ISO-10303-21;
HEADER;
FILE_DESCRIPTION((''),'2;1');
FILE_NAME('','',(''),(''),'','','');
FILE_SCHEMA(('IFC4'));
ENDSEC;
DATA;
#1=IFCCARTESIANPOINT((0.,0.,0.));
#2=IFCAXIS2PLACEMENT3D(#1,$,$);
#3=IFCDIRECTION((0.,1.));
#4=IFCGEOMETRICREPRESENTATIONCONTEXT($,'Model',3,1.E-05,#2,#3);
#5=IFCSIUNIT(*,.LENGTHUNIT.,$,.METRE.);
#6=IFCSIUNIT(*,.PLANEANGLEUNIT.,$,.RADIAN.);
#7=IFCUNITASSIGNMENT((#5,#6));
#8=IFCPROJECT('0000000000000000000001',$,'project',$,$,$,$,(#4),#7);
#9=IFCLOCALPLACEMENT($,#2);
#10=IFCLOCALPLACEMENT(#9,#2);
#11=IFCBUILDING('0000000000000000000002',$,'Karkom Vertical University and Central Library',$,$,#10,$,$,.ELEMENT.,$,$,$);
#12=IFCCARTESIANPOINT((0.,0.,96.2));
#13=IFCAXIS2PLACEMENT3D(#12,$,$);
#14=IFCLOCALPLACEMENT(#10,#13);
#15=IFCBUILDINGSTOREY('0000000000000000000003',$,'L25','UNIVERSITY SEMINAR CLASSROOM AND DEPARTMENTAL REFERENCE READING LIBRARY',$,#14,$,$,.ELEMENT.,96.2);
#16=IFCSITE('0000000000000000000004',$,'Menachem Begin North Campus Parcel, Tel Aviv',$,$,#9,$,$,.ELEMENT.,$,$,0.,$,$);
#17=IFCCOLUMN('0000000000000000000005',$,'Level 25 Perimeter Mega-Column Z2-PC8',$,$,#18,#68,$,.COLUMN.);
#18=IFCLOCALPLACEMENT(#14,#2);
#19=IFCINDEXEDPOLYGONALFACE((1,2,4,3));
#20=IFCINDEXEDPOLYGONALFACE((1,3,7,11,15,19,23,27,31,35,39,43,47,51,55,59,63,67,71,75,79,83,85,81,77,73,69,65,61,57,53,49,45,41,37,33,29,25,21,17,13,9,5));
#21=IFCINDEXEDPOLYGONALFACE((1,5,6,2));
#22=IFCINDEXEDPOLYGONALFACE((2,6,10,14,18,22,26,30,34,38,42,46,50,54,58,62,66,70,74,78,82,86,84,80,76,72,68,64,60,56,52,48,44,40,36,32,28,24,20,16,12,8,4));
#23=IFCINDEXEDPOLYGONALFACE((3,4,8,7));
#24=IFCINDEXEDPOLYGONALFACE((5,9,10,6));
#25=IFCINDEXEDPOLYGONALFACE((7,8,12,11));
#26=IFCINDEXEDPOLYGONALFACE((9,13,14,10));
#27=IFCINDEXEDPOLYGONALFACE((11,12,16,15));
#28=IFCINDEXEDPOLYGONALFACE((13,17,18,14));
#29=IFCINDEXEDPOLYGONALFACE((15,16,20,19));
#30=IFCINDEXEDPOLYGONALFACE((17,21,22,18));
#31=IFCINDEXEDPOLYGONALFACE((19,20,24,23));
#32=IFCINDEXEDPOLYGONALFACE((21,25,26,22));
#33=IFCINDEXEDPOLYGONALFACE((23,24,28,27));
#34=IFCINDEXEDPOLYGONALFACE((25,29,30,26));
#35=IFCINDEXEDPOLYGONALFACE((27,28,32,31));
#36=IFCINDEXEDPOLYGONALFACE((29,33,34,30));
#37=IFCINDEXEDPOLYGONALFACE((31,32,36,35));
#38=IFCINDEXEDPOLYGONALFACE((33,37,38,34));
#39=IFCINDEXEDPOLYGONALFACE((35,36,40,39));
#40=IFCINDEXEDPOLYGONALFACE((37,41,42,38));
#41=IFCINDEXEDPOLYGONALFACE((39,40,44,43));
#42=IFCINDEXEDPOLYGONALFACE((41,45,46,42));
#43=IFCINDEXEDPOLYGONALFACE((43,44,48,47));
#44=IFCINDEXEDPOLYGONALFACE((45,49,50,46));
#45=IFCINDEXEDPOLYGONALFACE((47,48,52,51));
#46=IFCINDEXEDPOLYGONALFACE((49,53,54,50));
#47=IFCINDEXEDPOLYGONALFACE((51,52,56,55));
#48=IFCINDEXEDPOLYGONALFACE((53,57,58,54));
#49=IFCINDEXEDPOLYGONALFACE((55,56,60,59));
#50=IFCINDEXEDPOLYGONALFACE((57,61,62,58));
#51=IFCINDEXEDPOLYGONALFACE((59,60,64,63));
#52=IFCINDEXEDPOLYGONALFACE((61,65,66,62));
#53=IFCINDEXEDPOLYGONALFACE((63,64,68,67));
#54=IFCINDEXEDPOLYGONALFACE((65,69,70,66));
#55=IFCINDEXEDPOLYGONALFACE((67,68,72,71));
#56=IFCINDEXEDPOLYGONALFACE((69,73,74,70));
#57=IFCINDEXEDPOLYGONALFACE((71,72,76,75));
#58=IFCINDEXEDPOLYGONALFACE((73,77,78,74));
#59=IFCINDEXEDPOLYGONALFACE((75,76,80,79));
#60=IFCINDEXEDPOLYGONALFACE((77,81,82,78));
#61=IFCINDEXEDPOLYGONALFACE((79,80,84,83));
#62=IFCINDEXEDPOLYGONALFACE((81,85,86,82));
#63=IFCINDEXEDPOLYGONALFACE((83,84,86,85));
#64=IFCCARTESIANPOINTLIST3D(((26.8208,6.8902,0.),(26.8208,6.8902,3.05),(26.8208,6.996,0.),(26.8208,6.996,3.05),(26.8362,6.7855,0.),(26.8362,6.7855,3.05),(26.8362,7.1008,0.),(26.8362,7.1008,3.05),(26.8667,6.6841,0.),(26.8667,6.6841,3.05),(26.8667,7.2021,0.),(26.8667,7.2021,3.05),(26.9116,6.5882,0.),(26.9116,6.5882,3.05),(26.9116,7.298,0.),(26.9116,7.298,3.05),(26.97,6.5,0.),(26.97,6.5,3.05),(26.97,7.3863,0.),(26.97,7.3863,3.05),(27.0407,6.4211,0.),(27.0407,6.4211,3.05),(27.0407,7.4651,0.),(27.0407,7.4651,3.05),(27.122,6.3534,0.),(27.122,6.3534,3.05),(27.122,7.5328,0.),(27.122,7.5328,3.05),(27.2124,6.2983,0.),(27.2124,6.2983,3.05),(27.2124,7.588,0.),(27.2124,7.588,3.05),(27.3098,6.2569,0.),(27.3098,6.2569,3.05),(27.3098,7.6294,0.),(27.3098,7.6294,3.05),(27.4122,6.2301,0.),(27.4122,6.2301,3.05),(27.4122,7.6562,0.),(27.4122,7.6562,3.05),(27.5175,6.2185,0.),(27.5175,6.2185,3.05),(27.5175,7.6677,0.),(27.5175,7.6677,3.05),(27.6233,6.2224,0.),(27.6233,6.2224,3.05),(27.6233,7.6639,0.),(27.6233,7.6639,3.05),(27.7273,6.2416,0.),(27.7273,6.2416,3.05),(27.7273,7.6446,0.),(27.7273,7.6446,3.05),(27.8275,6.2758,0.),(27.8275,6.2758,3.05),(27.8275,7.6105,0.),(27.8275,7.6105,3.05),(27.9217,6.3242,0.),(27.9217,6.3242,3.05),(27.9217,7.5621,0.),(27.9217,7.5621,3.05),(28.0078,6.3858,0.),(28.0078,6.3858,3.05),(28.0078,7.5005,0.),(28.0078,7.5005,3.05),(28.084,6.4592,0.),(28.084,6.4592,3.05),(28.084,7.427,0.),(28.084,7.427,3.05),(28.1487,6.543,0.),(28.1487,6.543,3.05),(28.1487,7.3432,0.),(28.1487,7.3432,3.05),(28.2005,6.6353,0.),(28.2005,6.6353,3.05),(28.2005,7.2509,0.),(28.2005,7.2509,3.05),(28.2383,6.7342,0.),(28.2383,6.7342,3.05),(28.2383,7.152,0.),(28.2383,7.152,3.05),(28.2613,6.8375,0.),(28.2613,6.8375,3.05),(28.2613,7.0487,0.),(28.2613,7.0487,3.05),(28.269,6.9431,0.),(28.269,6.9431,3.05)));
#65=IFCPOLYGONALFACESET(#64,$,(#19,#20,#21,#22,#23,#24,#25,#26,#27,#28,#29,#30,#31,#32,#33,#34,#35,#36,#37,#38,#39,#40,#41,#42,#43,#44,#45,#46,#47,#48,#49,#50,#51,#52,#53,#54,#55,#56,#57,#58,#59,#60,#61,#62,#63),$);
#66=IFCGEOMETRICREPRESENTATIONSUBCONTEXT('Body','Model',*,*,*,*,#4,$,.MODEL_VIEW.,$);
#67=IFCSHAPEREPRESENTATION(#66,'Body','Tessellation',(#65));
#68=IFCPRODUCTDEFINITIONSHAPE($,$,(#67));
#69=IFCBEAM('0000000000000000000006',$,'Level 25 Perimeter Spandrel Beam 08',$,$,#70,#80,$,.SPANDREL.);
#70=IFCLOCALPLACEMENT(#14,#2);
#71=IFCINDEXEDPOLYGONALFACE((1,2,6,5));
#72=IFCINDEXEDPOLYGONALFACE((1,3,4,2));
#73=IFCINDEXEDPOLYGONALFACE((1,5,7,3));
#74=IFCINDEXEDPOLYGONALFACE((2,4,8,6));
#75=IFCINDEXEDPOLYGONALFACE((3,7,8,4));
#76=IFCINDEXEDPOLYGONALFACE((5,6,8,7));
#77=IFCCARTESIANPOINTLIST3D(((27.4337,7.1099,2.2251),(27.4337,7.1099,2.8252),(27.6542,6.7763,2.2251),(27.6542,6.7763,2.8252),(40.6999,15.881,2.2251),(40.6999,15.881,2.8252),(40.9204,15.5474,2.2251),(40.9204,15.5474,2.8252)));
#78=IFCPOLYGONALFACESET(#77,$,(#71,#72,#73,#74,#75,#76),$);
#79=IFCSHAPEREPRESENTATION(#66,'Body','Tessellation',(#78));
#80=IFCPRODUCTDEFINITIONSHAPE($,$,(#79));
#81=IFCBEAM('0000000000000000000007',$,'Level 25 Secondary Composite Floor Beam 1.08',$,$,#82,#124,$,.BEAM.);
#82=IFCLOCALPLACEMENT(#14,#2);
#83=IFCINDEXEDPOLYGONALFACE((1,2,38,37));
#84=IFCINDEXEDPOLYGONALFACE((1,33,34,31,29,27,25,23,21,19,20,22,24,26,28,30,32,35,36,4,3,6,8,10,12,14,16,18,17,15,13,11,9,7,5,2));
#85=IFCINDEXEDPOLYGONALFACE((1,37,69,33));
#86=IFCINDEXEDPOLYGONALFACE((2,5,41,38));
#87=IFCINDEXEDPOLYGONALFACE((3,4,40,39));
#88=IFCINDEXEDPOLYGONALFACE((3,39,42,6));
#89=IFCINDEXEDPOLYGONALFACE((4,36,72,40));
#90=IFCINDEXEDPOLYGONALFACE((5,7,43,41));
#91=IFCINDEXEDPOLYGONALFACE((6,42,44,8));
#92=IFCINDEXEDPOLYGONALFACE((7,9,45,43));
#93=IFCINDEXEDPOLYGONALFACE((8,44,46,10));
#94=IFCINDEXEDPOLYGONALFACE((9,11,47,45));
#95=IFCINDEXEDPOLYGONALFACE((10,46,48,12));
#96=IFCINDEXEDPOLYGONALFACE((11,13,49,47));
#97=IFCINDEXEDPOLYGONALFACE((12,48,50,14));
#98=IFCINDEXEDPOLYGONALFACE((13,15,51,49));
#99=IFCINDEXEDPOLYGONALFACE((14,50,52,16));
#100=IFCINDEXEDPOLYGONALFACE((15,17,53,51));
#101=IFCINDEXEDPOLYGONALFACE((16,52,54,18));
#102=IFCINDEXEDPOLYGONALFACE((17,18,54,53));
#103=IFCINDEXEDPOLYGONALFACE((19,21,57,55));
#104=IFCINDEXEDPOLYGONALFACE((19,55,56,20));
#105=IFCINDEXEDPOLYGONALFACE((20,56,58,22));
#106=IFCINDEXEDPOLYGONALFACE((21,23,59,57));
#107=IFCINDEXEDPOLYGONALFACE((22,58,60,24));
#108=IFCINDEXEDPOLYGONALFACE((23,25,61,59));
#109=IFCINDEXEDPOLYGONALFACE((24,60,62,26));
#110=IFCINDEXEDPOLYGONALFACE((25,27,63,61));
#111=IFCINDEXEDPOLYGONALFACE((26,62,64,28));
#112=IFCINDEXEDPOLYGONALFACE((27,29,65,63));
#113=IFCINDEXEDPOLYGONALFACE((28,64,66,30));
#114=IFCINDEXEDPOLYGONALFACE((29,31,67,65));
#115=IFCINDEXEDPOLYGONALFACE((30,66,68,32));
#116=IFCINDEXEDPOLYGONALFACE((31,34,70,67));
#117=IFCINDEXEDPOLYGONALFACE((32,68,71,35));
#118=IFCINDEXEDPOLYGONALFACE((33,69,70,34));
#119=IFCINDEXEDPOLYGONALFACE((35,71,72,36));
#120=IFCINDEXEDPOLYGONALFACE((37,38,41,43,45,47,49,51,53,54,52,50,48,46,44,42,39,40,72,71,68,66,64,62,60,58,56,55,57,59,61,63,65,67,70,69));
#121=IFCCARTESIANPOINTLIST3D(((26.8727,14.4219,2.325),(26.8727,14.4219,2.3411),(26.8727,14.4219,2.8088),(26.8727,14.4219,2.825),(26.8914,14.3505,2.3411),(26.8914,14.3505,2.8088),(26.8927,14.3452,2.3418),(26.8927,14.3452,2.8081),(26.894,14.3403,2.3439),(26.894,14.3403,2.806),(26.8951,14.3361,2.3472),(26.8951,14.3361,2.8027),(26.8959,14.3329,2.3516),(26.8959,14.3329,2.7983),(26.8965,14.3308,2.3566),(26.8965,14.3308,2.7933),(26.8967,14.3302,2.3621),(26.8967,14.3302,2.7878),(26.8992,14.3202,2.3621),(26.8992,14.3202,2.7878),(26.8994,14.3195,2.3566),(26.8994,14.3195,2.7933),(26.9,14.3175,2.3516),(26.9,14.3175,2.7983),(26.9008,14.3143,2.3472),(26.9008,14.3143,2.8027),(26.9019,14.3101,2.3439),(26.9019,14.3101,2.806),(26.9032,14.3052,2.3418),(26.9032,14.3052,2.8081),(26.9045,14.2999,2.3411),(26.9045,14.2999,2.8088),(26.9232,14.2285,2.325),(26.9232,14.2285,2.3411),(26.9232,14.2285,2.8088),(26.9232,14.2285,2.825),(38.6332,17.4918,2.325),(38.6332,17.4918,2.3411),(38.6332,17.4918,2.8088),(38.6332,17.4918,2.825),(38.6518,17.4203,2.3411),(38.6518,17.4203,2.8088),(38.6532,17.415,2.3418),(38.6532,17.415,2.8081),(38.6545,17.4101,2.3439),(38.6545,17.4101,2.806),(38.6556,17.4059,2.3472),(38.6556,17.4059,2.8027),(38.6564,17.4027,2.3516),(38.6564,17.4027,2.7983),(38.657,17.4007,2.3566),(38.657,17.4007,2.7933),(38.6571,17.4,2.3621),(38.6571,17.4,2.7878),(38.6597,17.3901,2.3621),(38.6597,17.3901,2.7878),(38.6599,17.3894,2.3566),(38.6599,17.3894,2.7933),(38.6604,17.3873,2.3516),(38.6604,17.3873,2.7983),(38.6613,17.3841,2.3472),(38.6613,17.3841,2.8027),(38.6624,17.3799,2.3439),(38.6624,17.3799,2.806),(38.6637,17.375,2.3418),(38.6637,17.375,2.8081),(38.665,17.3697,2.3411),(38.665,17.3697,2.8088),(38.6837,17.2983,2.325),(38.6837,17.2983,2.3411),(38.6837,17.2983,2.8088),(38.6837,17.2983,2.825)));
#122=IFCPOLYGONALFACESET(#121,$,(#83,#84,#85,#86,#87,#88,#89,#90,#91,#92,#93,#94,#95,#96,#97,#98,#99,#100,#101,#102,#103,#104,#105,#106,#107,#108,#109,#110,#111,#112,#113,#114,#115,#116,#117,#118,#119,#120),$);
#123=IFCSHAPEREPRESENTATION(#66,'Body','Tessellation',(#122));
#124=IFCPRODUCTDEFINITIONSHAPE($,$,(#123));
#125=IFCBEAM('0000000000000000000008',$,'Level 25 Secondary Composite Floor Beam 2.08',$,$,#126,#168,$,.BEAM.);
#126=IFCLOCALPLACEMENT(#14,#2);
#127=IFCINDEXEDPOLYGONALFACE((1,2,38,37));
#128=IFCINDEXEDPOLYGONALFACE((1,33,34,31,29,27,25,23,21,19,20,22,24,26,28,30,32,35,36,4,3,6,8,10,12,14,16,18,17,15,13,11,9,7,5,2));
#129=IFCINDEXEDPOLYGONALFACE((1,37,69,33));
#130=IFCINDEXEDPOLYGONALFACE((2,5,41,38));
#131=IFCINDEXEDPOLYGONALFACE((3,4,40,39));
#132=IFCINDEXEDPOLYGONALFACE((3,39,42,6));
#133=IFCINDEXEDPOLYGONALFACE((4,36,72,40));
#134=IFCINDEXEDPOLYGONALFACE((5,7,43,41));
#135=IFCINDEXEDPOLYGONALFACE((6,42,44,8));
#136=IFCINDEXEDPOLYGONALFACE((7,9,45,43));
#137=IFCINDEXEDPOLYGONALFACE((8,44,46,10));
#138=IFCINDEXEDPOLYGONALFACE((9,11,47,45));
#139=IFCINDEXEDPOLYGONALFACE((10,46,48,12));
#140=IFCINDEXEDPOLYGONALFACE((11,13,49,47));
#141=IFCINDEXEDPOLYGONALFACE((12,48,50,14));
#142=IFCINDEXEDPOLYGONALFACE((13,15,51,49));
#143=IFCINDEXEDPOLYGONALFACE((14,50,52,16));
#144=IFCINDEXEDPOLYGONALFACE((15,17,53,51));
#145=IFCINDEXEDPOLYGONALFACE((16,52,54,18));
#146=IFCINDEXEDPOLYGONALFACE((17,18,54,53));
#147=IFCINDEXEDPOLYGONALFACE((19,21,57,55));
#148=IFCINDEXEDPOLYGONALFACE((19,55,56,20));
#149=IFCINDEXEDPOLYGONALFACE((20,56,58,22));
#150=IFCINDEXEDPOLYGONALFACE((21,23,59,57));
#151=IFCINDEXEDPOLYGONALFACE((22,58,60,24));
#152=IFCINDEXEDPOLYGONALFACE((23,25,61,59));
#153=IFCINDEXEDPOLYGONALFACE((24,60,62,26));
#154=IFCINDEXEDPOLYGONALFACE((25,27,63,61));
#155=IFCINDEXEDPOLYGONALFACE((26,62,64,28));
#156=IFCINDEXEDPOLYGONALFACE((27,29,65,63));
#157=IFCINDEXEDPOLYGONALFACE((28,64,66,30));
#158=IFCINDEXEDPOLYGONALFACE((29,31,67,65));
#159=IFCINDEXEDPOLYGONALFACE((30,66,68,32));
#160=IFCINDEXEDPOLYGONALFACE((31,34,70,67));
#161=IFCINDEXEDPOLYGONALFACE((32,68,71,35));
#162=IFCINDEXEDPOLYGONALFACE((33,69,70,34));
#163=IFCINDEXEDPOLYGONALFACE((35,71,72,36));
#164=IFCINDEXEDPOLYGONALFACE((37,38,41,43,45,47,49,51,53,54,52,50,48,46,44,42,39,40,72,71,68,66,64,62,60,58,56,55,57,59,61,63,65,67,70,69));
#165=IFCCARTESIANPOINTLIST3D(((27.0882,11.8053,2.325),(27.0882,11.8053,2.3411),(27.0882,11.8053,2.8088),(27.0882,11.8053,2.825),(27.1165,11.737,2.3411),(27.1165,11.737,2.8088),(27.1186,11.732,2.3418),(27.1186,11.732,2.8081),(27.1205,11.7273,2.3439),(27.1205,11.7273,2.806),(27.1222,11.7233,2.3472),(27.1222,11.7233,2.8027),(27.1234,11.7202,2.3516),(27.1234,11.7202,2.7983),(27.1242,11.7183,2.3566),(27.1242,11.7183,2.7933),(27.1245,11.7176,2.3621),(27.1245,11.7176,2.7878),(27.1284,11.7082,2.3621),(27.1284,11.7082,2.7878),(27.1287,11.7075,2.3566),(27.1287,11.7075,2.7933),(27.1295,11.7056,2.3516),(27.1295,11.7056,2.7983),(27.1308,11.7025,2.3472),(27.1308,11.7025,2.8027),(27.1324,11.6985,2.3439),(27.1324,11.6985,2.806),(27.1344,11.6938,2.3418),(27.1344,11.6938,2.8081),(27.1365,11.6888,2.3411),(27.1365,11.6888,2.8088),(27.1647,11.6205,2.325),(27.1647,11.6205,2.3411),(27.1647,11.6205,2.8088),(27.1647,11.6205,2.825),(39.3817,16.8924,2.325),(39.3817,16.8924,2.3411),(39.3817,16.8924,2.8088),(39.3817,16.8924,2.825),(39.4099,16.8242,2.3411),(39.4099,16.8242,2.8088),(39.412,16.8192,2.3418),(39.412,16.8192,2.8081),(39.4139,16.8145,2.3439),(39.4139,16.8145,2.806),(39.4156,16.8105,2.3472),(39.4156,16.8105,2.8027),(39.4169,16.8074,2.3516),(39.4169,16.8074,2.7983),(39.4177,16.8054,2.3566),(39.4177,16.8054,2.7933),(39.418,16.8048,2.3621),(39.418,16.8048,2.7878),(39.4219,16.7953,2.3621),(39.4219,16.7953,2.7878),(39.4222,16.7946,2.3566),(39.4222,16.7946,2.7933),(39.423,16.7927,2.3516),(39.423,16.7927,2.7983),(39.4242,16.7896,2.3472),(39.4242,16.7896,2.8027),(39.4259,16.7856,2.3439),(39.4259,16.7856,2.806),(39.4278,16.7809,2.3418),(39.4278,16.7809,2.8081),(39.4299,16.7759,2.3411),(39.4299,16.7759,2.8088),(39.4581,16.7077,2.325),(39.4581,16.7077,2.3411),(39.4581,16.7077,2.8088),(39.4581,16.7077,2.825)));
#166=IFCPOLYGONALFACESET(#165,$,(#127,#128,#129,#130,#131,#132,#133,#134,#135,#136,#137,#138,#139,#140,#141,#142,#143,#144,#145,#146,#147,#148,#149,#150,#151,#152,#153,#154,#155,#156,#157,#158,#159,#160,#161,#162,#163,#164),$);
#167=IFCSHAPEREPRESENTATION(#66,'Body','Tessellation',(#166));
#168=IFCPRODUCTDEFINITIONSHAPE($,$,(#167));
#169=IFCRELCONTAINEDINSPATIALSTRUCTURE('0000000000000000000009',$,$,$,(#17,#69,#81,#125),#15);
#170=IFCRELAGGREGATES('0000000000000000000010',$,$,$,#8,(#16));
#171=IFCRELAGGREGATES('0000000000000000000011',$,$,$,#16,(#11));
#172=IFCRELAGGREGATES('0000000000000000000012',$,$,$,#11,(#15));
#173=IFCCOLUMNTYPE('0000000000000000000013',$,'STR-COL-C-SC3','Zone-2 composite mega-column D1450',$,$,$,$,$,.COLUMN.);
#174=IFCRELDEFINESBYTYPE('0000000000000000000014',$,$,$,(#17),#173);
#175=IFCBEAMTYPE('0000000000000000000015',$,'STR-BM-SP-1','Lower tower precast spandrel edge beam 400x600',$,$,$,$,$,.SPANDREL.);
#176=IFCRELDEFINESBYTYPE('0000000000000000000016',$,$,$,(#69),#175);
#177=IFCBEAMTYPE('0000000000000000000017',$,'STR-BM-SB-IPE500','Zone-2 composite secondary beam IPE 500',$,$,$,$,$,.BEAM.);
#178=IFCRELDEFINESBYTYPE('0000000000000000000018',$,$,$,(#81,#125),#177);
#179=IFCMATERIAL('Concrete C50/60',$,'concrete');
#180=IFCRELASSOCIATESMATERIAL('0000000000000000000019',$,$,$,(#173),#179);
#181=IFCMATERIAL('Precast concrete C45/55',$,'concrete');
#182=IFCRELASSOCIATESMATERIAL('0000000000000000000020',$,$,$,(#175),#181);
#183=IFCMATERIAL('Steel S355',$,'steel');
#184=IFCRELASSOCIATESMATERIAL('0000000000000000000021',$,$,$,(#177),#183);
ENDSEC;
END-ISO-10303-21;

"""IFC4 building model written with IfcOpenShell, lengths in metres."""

from ifc_helpers import new_model, si_unit, direction, frame, origin, origin_with_axes, origin_2d, place, context, subcontext, project, spatial, rectangle, circle, i_section, extrude, source, transform, mapped, material, material_profile, profile_set, type_object, element, save


model = new_model("IFC4")

# Units and contexts
model_context = context("Model", 3, precision=1e-05, world=origin(), true_north=direction((0.0, 1.0)))
body_context = subcontext(model_context, "Body", "Model", "MODEL_VIEW")
ifc_project = project(units=[si_unit("LENGTHUNIT", "METRE"), si_unit("PLANEANGLEUNIT", "RADIAN")], contexts=[model_context])

# Site, building, storey
site_placement = place(None, origin())
site = spatial("IfcSite", under=ifc_project, at=site_placement, Name="Menachem Begin North Campus Parcel, Tel Aviv", CompositionType="ELEMENT", RefElevation=0.0)
building_placement = place(site_placement, origin())
building = spatial("IfcBuilding", under=site, at=building_placement, Name="Karkom Vertical University and Central Library", CompositionType="ELEMENT")
storey_placement = place(building_placement, frame((0.0, 0.0, 96.2)))
storey = spatial("IfcBuildingStorey", under=building, at=storey_placement, Name="L25", Description="UNIVERSITY SEMINAR CLASSROOM AND DEPARTMENTAL REFERENCE READING LIBRARY", CompositionType="ELEMENT", Elevation=96.2)

# Column
ifc_material_1 = material(Name="Concrete C50/60", Category="concrete")
ifc_material_profile_1 = material_profile(ifc_material_1, circle(Radius=0.7251, at=origin_2d()), Name="CFT-D1450")
ifc_profile_set_1 = profile_set([ifc_material_profile_1], Name="Concrete C50/60")
column_type = type_object("IfcColumnType", Name="STR-COL-C-SC3", Description="Zone-2 composite mega-column D1450", PredefinedType="COLUMN", material=ifc_profile_set_1)
shared_shape_1 = source(origin_with_axes(), body_context, "Body", "SweptSolid", [
    extrude(circle(Radius=0.7251, at=origin_2d()), origin(), (0.0, 0.0, 1.0), 3.05),
])
column_placement = place(storey_placement, frame((27.5439, 6.9431, 0.0), z_axis=(0.0, 0.0, 1.0), x_axis=(1.0, 0.0, 0.0)))
element("IfcColumn", 1, at=column_placement, inside=storey, type_object=column_type, Name="Level 25 Perimeter Mega-Column Z2-PC8", PredefinedType="COLUMN", context=body_context, shape_type="MappedRepresentation", body=[
    mapped(shared_shape_1, transform((0.0, 0.0, 0.0), scale=1.0)),
])

# Beams
ifc_material_2 = material(Name="Precast concrete C45/55", Category="concrete")
ifc_material_profile_2 = material_profile(ifc_material_2, rectangle(XDim=0.3999, YDim=0.6001, at=origin_2d()), Name="SPB-400x600")
ifc_profile_set_2 = profile_set([ifc_material_profile_2], Name="Precast concrete C45/55")
beam_type_1 = type_object("IfcBeamType", Name="STR-BM-SP-1", Description="Lower tower precast spandrel edge beam 400x600", PredefinedType="SPANDREL", material=ifc_profile_set_2)
shared_shape_2 = source(origin_with_axes(), body_context, "Body", "SweptSolid", [
    extrude(rectangle(XDim=0.3999, YDim=0.6001, at=origin_2d()), origin(), (0.0, 0.0, 1.0), 15.9036),
])
beam_1_placement = place(storey_placement, frame((27.5439, 6.9431, 2.5251), z_axis=(0.834165, 0.551515, 0.0), x_axis=(-0.551515, 0.834165, 0.0)))
element("IfcBeam", 2, at=beam_1_placement, inside=storey, type_object=beam_type_1, Name="Level 25 Perimeter Spandrel Beam 08", PredefinedType="SPANDREL", context=body_context, shape_type="MappedRepresentation", body=[
    mapped(shared_shape_2, transform((0.0, 0.0, 0.0), scale=1.0)),
])
ifc_material_3 = material(Name="Steel S355", Category="steel")
ifc_material_profile_3 = material_profile(ifc_material_3, i_section(OverallWidth=0.2, OverallDepth=0.5, WebThickness=0.0103, FlangeThickness=0.0161, FilletRadius=0.021, at=origin_2d()), Name="IPE 500")
ifc_profile_set_3 = profile_set([ifc_material_profile_3], Name="Steel S355")
beam_type_2 = type_object("IfcBeamType", Name="STR-BM-SB-IPE500", Description="Zone-2 composite secondary beam IPE 500", PredefinedType="BEAM", material=ifc_profile_set_3)
shared_shape_3 = source(origin_with_axes(), body_context, "Body", "SweptSolid", [
    extrude(i_section(OverallWidth=0.2, OverallDepth=0.5, WebThickness=0.0103, FlangeThickness=0.0161, FilletRadius=0.021, at=origin_2d()), origin(), (0.0, 0.0, 1.0), 12.1545),
])
beam_2_placement = place(storey_placement, frame((26.8979, 14.3252, 2.575), z_axis=(0.96758, 0.252566, 0.0), x_axis=(-0.252566, 0.96758, 0.0)))
element("IfcBeam", 3, at=beam_2_placement, inside=storey, type_object=beam_type_2, Name="Level 25 Secondary Composite Floor Beam 1.08", PredefinedType="BEAM", context=body_context, shape_type="MappedRepresentation", body=[
    mapped(shared_shape_3, transform((0.0, 0.0, 0.0), scale=1.0)),
])
shared_shape_4 = source(origin_with_axes(), body_context, "Body", "SweptSolid", [
    extrude(i_section(OverallWidth=0.2, OverallDepth=0.5, WebThickness=0.0103, FlangeThickness=0.0161, FilletRadius=0.021, at=origin_2d()), origin(), (0.0, 0.0, 1.0), 13.3044),
])
beam_3_placement = place(storey_placement, frame((27.1265, 11.7129, 2.575), z_axis=(0.924011, 0.382365, 0.0), x_axis=(-0.382365, 0.924011, 0.0)))
element("IfcBeam", 4, at=beam_3_placement, inside=storey, type_object=beam_type_2, Name="Level 25 Secondary Composite Floor Beam 2.08", PredefinedType="BEAM", context=body_context, shape_type="MappedRepresentation", body=[
    mapped(shared_shape_4, transform((0.0, 0.0, 0.0), scale=1.0)),
])

save(model, "model.ifc")
